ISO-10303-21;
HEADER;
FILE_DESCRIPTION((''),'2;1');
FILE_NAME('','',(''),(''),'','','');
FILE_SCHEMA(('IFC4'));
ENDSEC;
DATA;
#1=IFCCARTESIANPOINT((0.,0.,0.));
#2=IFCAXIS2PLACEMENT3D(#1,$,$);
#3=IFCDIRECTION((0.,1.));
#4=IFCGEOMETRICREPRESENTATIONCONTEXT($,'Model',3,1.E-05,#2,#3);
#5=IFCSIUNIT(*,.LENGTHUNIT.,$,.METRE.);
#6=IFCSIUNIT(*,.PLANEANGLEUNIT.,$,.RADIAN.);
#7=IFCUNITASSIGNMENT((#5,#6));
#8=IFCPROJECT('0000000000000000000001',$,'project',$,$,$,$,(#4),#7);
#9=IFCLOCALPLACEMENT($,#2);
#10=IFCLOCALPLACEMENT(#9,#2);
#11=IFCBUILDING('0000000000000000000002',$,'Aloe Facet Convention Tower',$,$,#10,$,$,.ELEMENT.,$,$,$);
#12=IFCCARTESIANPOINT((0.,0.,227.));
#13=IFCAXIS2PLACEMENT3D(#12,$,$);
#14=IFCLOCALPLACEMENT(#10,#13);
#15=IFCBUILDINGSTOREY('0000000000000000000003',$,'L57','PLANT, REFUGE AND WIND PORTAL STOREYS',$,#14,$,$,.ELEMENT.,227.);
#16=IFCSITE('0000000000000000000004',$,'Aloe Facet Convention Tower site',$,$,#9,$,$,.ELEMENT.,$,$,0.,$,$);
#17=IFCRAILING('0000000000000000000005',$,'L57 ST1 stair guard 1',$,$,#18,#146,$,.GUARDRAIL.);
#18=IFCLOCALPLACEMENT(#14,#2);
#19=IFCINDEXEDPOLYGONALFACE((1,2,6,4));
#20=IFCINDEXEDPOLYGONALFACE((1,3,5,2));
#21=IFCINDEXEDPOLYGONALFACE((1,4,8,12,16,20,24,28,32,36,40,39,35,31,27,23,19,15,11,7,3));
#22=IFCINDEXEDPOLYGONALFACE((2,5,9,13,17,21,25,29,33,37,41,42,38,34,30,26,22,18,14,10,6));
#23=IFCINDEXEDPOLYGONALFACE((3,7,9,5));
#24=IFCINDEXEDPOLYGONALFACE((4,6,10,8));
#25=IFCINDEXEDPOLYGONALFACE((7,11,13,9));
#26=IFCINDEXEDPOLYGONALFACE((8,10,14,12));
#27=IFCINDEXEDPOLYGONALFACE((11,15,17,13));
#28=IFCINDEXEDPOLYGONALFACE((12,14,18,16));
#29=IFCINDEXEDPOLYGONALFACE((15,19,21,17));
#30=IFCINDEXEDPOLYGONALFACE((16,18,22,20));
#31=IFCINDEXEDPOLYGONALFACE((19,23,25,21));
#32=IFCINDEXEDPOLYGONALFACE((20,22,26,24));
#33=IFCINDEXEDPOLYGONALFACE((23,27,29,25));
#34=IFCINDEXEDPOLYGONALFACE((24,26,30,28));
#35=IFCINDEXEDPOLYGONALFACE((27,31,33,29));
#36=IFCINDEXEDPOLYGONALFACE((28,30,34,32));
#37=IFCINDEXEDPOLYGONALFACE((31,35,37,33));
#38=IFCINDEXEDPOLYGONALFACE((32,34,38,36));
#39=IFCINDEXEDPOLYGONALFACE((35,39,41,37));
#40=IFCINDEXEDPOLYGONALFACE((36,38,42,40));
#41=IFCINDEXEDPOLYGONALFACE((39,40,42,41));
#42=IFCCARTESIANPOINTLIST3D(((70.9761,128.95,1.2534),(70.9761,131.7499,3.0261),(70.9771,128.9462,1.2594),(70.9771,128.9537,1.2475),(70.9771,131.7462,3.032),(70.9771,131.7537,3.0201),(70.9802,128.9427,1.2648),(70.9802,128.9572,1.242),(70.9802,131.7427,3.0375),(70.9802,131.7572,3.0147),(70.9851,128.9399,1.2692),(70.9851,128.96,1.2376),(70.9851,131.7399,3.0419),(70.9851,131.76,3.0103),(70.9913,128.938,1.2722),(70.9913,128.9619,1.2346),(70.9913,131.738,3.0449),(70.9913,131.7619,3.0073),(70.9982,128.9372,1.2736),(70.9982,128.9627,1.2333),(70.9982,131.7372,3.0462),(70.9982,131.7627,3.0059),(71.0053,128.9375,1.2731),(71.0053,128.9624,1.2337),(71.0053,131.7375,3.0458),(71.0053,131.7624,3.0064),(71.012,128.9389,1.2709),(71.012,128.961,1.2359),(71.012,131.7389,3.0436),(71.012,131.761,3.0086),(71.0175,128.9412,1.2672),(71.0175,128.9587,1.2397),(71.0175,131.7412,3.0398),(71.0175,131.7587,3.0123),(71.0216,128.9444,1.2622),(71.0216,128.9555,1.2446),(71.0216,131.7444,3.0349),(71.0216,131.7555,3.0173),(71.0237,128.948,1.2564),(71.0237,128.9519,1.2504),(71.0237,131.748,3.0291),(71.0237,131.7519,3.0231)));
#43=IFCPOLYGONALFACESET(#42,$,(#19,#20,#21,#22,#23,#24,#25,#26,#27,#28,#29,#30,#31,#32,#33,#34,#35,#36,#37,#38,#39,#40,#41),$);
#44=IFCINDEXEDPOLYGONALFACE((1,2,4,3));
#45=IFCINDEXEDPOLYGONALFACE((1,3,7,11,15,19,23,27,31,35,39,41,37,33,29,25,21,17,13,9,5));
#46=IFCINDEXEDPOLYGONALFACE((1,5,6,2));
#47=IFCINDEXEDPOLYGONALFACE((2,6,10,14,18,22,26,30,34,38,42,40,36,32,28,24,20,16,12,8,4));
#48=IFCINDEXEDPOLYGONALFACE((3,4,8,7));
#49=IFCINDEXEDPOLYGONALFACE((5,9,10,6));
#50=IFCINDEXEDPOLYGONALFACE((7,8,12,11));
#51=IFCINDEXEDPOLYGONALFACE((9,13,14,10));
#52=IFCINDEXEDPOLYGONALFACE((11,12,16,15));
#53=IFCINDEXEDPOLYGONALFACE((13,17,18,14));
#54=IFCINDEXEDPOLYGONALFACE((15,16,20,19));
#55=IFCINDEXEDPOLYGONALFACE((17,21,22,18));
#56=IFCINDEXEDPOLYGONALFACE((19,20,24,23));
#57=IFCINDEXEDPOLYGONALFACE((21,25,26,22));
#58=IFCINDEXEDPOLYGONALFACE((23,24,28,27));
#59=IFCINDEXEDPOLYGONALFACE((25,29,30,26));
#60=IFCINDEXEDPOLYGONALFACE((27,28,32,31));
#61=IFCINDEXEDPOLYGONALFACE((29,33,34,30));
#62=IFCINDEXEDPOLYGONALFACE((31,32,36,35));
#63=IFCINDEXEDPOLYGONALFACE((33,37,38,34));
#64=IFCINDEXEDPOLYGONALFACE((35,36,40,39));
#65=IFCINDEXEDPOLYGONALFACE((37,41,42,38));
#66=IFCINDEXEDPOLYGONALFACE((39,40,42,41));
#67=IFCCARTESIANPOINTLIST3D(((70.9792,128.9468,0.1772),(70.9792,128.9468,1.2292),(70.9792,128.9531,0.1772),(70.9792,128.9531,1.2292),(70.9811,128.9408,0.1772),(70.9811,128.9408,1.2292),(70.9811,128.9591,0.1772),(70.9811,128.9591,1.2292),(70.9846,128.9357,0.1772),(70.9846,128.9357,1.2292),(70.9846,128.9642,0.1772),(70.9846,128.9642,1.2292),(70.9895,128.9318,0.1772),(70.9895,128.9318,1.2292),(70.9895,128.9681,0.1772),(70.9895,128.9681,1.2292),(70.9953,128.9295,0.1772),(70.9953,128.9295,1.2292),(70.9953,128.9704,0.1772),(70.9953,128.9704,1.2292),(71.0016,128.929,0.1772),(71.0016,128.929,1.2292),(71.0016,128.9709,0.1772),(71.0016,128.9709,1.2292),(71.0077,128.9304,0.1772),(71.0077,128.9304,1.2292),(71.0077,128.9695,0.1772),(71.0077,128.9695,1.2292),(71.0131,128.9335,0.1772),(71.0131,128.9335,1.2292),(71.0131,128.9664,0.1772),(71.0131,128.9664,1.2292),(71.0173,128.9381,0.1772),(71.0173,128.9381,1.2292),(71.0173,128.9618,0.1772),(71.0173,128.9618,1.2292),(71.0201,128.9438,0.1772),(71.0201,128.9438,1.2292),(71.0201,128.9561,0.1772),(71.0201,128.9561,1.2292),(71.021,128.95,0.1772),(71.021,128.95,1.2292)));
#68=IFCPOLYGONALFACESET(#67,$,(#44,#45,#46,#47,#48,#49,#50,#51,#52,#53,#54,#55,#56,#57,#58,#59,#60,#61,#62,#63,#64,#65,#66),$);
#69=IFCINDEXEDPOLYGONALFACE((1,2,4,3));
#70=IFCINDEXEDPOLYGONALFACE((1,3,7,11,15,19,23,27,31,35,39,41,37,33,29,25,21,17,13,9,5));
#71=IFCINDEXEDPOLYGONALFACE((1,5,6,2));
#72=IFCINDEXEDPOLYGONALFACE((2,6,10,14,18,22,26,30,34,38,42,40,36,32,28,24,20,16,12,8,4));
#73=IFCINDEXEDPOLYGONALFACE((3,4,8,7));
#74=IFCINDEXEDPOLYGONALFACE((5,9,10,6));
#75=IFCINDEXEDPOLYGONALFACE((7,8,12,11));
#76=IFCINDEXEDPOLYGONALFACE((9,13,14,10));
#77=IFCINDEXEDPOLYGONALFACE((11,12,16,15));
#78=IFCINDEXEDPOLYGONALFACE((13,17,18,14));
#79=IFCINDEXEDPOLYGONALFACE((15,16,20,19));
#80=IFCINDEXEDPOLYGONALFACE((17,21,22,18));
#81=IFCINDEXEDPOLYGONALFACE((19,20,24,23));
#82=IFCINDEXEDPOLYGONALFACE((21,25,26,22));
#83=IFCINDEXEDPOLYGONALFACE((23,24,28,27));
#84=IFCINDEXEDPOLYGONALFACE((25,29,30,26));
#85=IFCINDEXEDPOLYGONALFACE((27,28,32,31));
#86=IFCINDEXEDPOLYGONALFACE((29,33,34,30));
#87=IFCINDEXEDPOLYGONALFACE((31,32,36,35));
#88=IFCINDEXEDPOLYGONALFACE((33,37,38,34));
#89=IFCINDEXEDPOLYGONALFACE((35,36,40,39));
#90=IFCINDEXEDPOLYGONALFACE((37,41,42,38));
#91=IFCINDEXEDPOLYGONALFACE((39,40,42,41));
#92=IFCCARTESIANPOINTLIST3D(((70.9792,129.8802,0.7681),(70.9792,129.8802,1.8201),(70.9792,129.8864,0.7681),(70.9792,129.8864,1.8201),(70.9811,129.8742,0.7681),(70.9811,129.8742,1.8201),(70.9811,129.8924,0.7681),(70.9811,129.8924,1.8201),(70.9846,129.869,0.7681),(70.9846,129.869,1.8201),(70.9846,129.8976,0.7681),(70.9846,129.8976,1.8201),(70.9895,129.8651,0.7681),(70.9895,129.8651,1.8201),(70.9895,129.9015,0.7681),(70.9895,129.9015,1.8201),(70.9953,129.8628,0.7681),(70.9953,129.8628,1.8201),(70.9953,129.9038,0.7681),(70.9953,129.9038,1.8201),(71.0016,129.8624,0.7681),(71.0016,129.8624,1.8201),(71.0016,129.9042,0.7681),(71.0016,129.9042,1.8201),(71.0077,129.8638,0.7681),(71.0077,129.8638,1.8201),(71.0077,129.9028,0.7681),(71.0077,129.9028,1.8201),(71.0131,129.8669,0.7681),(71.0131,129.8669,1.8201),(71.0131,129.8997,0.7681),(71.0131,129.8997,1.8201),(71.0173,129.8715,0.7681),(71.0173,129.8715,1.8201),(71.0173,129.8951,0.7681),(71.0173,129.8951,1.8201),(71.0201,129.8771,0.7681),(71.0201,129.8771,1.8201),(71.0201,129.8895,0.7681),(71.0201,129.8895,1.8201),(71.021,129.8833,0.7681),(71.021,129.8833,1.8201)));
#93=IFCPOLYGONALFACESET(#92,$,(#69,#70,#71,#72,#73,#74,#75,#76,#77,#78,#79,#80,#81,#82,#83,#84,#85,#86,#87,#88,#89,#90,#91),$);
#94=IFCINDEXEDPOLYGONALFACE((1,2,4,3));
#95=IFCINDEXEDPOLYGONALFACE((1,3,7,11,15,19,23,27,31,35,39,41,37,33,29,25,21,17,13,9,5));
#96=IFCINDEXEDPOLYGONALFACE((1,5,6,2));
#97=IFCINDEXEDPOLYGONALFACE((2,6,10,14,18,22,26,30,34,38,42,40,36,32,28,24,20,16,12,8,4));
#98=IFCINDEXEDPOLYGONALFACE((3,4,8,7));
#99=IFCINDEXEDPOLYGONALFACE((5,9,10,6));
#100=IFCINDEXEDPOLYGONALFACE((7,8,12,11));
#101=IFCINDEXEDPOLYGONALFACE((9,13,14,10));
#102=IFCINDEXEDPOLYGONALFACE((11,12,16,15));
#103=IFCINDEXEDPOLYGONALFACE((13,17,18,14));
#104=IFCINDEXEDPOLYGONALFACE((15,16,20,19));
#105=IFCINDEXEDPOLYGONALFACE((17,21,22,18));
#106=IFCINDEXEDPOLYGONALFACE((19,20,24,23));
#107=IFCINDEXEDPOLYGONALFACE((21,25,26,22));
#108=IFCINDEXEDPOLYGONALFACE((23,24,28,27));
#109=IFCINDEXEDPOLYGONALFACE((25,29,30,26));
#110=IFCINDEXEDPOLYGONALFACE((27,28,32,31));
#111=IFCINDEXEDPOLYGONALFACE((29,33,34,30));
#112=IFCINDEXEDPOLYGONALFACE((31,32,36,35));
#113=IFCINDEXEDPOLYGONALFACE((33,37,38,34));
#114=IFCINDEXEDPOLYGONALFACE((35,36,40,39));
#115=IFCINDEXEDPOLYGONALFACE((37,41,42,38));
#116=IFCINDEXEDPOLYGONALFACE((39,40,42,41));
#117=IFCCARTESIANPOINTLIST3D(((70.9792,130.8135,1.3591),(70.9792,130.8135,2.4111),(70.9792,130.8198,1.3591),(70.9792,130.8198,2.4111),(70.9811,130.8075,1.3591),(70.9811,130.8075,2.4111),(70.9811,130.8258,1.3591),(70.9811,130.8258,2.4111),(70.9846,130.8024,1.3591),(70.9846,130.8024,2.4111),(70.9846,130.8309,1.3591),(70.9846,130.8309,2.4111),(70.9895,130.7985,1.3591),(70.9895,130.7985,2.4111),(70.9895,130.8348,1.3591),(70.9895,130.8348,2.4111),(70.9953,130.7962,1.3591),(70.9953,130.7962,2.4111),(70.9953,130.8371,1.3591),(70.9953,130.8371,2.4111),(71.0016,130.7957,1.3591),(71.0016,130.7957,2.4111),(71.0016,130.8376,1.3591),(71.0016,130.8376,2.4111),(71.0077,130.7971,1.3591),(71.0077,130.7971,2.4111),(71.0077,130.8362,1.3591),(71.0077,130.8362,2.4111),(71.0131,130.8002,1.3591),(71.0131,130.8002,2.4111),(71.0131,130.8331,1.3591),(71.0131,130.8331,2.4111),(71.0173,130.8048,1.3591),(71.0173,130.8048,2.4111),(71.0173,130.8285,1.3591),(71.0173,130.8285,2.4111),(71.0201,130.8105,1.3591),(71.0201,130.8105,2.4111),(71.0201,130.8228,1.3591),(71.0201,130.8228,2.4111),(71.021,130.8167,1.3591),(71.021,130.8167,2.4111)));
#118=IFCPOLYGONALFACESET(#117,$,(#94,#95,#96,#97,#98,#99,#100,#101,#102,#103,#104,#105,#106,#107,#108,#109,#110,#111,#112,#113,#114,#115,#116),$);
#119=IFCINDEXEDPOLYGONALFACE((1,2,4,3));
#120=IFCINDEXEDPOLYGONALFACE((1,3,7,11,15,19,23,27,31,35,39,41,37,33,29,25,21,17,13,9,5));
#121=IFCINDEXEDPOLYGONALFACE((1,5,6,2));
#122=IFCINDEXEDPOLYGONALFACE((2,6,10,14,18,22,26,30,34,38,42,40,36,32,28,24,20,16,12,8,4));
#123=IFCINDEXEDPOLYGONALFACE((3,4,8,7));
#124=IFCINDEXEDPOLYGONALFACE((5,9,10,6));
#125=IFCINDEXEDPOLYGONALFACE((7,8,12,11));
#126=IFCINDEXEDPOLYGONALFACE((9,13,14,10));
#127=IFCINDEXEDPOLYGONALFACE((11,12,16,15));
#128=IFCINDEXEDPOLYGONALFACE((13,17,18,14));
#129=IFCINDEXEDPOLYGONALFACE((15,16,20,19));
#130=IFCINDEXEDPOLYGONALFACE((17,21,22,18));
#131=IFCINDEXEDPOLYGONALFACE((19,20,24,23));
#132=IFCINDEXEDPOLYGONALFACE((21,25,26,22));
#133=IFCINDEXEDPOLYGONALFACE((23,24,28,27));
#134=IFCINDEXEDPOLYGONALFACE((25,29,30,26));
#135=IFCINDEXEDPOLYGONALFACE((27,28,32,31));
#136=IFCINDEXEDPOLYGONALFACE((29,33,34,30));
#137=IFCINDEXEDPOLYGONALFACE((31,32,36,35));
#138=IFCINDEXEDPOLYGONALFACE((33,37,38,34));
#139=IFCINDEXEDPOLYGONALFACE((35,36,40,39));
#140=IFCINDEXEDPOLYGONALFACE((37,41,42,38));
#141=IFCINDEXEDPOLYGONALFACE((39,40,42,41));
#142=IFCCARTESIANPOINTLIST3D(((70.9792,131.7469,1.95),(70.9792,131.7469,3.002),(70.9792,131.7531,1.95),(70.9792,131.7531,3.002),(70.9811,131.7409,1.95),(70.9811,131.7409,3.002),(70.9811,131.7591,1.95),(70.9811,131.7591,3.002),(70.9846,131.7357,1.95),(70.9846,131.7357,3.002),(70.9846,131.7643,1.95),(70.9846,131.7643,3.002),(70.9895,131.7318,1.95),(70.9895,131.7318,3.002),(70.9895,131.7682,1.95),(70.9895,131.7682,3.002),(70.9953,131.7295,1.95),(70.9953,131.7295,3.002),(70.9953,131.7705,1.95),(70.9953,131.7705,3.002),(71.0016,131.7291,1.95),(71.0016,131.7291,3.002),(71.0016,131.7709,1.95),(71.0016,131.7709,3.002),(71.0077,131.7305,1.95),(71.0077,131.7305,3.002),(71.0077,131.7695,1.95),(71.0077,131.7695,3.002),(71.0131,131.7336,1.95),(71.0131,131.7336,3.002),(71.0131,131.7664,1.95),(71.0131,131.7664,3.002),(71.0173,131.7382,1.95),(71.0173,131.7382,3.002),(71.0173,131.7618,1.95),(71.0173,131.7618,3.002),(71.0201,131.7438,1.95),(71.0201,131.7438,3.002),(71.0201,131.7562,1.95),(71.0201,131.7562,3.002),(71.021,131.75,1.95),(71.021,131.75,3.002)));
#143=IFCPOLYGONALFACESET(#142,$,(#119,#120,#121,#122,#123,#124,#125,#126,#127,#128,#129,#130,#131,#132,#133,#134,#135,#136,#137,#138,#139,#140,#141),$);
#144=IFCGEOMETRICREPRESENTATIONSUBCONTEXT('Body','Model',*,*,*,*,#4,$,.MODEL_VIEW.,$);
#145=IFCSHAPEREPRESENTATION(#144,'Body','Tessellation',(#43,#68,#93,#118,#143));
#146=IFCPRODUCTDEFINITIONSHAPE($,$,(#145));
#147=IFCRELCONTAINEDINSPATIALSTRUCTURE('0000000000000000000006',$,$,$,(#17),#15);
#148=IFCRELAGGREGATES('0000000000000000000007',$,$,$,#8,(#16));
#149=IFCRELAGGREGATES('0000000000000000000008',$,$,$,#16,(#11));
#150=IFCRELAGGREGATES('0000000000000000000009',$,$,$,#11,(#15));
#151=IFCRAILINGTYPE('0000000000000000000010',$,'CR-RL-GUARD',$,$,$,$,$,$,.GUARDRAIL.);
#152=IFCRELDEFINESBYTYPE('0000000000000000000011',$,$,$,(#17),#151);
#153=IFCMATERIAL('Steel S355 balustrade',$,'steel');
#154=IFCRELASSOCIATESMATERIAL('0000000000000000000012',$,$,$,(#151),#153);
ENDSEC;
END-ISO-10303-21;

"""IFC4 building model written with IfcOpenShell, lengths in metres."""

from ifc_helpers import new_model, si_unit, direction, frame, origin, origin_2d, place, context, subcontext, project, spatial, circle, extrude, material, type_object, element, save


model = new_model("IFC4")

# Units and contexts
model_context = context("Model", 3, precision=1e-05, world=origin(), true_north=direction((0.0, 1.0)))
body_context = subcontext(model_context, "Body", "Model", "MODEL_VIEW")
ifc_project = project(units=[si_unit("LENGTHUNIT", "METRE"), si_unit("PLANEANGLEUNIT", "RADIAN")], contexts=[model_context])

# Site, building, storey
site_placement = place(None, origin())
site = spatial("IfcSite", under=ifc_project, at=site_placement, Name="Aloe Facet Convention Tower site", CompositionType="ELEMENT", RefElevation=0.0)
building_placement = place(site_placement, origin())
building = spatial("IfcBuilding", under=site, at=building_placement, Name="Aloe Facet Convention Tower", CompositionType="ELEMENT")
storey_placement = place(building_placement, frame((0.0, 0.0, 227.0)))
storey = spatial("IfcBuildingStorey", under=building, at=storey_placement, Name="L57", Description="PLANT, REFUGE AND WIND PORTAL STOREYS", CompositionType="ELEMENT", Elevation=227.0)

# Railing
ifc_material_1 = material(Name="Steel S355 balustrade", Category="steel")
railing_type_1 = type_object("IfcRailingType", Name="CR-RL-GUARD", PredefinedType="GUARDRAIL", material=ifc_material_1)
railing_1_placement = place(storey_placement, frame((71.0, 128.95, 0.1772)))
element("IfcRailing", 1, at=railing_1_placement, inside=storey, type_object=railing_type_1, Name="L57 ST1 stair guard 1", PredefinedType="GUARDRAIL", context=body_context, shape_type="SweptSolid", body=[
    extrude(circle(Radius=0.0239, at=origin_2d()), frame((0.0, 0.0, 1.0762), z_axis=(0.0, 0.844909, 0.53491), x_axis=(-1.0, 0.0, 0.0)), (0.0, 0.0, 1.0), 3.314),
    extrude(circle(Radius=0.021, at=origin_2d()), origin(), (0.0, 0.0, 1.0), 1.052),
    extrude(circle(Radius=0.021, at=origin_2d()), frame((0.0, 0.9333, 0.5908)), (0.0, 0.0, 1.0), 1.052),
    extrude(circle(Radius=0.021, at=origin_2d()), frame((0.0, 1.8667, 1.1819)), (0.0, 0.0, 1.0), 1.052),
    extrude(circle(Radius=0.021, at=origin_2d()), frame((0.0, 2.8, 1.7727)), (0.0, 0.0, 1.0), 1.052),
])

save(model, "model.ifc")
